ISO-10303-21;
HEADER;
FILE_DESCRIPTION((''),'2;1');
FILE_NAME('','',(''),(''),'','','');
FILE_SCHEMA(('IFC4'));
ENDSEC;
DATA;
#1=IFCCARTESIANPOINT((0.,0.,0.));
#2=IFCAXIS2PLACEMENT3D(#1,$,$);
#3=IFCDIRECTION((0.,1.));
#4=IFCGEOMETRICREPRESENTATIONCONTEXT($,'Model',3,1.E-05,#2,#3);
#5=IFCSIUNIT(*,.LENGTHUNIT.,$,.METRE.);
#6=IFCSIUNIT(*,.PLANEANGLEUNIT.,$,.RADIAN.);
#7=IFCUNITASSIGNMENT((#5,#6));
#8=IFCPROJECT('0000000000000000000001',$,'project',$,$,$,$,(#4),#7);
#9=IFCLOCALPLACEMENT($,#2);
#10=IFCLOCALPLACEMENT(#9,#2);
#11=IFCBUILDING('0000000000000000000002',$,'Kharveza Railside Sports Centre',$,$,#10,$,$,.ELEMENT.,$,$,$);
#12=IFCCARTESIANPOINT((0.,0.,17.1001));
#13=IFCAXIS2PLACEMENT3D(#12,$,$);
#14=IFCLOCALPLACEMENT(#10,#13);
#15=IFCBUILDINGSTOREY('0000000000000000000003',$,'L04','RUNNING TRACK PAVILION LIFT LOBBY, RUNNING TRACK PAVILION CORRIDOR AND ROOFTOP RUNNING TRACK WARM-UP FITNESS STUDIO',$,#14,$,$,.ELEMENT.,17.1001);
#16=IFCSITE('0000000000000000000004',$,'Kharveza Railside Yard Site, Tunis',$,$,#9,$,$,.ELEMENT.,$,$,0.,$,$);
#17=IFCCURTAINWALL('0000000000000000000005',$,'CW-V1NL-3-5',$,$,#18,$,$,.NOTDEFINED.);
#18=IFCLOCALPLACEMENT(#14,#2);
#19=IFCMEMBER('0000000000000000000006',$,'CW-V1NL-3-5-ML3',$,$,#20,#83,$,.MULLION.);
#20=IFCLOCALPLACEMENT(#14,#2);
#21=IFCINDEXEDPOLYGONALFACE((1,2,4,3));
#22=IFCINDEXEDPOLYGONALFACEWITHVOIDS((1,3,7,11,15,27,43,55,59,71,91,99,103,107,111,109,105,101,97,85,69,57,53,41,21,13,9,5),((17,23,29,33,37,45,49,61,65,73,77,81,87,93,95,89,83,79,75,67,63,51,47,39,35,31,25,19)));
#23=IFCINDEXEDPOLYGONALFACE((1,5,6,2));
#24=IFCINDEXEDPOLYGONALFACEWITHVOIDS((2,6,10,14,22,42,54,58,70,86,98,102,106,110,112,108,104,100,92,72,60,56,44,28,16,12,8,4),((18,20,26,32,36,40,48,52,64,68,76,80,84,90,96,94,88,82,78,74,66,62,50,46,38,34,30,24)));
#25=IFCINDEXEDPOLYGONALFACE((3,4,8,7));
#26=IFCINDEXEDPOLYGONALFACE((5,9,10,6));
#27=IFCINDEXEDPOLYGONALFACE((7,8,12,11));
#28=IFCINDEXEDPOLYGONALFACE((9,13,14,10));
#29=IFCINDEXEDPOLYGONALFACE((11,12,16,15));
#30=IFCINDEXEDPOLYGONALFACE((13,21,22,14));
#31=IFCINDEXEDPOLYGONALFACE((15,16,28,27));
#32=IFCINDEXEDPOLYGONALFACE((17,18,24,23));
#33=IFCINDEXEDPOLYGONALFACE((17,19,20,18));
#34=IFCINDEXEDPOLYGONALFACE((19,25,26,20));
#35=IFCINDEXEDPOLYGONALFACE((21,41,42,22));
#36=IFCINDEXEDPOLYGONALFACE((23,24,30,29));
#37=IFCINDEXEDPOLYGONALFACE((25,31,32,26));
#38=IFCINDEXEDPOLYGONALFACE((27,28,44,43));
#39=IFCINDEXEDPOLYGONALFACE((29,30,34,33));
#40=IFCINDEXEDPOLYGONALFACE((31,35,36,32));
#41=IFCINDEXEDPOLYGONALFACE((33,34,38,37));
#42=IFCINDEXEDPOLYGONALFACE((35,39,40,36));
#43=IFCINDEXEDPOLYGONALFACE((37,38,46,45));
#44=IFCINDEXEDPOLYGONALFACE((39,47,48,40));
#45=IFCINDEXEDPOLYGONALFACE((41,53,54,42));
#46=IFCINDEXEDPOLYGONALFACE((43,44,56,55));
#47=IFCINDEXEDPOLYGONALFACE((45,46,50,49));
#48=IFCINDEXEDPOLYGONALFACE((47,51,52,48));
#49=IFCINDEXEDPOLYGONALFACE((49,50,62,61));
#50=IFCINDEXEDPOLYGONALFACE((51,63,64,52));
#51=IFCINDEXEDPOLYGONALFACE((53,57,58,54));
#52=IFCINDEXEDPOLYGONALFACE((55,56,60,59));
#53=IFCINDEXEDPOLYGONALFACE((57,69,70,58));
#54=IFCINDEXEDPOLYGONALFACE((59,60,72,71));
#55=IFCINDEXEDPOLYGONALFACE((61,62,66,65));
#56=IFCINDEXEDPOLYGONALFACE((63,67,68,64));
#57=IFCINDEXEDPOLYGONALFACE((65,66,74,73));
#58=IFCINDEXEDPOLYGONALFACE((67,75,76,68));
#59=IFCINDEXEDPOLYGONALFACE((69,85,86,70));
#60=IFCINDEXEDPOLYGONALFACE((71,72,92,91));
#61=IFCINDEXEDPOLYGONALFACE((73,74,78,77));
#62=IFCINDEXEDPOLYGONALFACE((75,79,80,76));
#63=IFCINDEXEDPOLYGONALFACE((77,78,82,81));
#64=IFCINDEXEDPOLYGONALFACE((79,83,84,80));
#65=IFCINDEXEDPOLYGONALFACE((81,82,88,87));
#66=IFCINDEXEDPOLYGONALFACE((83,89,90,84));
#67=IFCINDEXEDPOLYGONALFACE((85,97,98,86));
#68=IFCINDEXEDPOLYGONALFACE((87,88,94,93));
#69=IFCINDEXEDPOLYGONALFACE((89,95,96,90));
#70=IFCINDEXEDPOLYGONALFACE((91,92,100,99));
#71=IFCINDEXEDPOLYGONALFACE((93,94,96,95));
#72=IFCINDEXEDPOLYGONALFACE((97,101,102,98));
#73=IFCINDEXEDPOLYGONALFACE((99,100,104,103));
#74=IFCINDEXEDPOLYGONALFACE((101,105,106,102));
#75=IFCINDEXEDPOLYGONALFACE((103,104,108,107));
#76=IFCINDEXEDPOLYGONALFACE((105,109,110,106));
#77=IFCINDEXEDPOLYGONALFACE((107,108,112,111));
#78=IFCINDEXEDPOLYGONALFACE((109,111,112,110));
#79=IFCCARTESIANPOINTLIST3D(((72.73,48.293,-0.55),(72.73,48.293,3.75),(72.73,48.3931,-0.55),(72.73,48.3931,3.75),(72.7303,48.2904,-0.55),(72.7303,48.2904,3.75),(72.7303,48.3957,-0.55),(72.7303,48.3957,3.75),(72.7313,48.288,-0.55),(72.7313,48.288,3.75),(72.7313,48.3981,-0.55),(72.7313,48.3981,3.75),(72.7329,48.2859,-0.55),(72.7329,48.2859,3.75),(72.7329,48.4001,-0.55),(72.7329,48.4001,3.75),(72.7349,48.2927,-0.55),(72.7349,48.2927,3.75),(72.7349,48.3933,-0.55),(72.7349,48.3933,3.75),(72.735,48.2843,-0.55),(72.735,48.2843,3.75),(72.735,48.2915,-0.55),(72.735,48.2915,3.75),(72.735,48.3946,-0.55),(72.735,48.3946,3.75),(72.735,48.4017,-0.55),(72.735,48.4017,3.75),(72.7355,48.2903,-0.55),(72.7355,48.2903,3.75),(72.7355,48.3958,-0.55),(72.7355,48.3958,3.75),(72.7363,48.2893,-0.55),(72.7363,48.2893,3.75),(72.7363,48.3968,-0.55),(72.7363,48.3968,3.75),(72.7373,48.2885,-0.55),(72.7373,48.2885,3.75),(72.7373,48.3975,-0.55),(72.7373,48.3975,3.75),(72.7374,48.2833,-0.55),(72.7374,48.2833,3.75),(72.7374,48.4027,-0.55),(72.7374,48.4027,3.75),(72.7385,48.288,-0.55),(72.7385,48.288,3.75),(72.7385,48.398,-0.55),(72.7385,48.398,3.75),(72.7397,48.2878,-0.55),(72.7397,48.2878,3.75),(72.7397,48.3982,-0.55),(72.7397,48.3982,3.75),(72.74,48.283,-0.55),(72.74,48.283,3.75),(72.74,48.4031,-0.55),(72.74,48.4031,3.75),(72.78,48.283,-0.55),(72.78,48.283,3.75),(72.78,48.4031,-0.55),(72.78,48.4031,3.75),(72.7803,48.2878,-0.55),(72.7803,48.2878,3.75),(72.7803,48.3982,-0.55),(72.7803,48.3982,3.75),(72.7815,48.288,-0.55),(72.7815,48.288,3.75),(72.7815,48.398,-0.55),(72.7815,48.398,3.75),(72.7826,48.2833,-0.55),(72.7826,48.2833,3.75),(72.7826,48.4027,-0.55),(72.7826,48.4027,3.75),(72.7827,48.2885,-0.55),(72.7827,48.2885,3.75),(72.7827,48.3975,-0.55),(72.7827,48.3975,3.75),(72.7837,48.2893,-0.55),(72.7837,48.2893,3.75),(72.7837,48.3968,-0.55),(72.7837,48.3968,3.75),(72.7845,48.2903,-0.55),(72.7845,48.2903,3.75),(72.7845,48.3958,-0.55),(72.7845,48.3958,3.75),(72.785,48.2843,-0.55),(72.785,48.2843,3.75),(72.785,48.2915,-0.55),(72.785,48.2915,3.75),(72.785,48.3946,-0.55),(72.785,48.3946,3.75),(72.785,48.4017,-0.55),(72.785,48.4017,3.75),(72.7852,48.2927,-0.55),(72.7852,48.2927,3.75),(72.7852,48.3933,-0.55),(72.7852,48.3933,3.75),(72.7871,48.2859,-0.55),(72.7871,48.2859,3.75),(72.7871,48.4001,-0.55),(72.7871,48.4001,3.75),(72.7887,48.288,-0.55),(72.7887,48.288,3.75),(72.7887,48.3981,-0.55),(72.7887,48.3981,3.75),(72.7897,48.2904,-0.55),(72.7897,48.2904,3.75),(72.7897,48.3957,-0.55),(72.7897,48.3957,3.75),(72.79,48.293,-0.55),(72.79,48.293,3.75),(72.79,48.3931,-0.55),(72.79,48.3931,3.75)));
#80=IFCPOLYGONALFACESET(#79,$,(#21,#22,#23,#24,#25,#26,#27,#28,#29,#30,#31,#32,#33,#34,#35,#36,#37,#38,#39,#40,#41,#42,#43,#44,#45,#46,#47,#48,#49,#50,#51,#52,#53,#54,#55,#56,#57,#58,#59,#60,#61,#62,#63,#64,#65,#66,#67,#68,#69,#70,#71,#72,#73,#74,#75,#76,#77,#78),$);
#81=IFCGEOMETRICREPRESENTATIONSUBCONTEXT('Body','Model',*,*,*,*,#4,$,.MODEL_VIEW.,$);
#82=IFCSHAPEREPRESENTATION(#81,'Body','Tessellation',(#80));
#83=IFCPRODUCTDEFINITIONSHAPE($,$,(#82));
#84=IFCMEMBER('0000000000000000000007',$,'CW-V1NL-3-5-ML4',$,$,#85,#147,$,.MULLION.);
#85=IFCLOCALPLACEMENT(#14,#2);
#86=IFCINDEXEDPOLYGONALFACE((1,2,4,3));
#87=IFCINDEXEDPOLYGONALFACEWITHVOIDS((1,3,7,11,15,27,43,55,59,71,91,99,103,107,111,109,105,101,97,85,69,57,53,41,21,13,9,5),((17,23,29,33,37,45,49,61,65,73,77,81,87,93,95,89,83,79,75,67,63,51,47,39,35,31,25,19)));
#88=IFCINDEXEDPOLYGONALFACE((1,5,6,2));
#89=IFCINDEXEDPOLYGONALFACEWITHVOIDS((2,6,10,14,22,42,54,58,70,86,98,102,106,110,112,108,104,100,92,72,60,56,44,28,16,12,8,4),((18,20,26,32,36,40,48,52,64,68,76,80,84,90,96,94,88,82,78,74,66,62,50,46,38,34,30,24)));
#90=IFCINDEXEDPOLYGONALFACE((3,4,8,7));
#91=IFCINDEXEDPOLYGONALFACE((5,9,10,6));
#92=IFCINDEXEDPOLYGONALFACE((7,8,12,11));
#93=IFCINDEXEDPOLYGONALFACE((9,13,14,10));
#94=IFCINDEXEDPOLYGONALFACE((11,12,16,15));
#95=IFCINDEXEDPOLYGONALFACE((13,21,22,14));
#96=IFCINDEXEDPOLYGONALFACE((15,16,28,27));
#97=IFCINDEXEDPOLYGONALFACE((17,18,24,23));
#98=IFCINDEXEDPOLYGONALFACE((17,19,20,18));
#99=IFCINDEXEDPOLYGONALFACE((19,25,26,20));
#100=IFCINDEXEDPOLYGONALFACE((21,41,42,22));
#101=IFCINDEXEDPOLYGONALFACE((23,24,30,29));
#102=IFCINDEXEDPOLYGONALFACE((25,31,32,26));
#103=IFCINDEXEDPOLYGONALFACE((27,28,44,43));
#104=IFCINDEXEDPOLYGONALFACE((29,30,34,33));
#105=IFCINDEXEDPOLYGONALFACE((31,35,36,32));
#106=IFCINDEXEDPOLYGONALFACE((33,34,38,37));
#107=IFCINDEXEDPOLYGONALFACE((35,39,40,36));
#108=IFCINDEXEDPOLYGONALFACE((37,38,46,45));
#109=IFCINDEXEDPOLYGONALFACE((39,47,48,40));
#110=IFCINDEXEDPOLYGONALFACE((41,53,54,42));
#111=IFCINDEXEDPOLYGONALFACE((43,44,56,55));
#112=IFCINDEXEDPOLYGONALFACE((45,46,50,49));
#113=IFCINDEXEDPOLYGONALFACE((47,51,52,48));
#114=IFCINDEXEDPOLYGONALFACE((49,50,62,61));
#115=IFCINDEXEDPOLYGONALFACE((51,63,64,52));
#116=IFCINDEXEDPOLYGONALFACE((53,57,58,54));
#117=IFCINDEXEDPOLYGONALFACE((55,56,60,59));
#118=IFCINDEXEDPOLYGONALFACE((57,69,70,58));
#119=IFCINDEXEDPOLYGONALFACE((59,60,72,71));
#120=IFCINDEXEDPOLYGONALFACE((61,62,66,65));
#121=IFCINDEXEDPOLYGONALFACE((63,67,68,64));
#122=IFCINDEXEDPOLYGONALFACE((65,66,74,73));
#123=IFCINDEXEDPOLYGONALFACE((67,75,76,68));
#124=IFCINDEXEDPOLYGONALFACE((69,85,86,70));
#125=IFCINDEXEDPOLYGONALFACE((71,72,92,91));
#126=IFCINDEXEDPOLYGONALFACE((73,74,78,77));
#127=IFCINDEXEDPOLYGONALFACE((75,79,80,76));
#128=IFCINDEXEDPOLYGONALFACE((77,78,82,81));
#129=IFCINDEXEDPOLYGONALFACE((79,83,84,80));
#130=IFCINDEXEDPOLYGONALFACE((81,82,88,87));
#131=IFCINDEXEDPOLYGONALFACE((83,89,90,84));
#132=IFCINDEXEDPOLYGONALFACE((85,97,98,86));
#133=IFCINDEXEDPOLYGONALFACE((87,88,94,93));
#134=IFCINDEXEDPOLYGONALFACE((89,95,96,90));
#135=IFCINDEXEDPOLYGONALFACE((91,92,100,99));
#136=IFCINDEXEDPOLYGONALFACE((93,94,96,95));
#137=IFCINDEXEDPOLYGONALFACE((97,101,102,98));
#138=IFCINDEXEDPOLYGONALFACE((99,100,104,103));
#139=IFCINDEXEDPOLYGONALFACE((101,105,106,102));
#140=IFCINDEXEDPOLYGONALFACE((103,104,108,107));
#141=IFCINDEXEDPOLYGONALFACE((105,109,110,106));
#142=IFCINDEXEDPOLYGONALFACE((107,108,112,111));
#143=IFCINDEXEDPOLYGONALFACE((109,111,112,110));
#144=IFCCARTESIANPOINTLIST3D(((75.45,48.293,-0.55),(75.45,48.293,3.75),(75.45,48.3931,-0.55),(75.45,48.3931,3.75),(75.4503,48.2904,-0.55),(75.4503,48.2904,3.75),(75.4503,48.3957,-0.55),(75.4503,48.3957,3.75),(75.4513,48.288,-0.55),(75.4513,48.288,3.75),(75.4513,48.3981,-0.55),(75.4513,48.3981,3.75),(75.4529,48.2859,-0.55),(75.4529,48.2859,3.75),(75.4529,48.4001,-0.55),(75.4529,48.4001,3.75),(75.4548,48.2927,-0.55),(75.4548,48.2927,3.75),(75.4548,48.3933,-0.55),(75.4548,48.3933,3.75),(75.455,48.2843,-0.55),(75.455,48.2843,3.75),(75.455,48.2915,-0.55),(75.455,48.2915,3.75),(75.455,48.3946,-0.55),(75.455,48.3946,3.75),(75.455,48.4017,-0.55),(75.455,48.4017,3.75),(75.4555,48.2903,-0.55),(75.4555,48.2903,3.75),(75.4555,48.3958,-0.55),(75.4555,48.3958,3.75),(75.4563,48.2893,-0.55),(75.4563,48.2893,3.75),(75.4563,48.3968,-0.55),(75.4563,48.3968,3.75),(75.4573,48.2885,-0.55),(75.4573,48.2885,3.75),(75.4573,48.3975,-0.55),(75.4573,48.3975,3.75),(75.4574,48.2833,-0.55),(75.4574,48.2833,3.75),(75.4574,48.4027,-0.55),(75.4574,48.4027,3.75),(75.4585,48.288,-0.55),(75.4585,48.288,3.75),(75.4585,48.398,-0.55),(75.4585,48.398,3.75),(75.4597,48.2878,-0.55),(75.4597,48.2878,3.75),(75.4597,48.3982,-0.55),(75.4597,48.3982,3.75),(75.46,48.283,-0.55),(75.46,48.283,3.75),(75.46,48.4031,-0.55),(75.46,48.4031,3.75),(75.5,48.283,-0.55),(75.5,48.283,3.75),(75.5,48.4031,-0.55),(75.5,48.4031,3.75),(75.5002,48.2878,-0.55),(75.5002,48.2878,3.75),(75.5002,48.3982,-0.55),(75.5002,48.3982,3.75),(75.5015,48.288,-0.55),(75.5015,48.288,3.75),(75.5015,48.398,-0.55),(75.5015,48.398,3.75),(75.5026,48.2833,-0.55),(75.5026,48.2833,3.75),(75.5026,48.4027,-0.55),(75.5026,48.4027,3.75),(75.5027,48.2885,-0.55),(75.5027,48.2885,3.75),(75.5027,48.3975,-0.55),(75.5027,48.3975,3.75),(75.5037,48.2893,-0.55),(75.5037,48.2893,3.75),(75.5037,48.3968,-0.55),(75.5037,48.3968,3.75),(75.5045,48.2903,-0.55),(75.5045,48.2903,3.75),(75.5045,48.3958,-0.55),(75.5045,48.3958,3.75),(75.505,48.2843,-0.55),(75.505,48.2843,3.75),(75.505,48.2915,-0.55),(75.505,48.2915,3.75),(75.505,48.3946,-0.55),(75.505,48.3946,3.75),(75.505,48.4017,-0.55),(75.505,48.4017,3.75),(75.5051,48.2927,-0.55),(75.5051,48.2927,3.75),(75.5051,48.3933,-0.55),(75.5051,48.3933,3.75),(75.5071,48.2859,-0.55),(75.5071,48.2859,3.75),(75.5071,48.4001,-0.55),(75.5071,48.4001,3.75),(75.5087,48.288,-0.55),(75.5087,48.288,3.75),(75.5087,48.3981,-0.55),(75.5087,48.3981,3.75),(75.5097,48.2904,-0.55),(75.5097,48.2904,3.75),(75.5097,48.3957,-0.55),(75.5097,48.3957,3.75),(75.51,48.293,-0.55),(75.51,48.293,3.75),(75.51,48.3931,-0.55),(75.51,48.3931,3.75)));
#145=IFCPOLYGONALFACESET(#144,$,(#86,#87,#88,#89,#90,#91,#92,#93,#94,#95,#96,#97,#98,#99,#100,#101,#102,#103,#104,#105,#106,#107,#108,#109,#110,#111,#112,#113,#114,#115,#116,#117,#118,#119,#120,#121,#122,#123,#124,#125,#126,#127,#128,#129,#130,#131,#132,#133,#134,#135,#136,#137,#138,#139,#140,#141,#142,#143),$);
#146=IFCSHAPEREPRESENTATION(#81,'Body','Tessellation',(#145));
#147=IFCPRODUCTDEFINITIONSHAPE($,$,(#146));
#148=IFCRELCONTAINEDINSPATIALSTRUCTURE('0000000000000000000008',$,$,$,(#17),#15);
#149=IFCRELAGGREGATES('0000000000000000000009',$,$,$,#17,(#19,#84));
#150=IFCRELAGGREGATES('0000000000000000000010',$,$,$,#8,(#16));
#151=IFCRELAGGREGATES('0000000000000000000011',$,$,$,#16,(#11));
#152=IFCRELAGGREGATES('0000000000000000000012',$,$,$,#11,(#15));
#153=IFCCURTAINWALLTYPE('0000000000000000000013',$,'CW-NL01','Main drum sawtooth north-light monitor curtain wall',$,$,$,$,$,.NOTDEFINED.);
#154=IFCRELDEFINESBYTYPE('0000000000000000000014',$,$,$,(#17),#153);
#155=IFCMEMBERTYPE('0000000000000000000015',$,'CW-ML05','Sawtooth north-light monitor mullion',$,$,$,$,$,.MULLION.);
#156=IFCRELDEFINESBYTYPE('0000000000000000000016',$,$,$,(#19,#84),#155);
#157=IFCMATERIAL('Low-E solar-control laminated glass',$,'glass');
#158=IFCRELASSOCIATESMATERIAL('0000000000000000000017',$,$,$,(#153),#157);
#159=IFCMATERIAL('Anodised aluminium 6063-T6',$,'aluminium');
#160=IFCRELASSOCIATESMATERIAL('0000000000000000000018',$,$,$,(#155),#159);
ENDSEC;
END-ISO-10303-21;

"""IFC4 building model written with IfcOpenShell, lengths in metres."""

from ifc_helpers import new_model, si_unit, direction, frame, origin, origin_2d, place, context, subcontext, project, spatial, hollow_rectangle, extrude, material, material_profile, profile_set, type_object, element, aggregate, save


model = new_model("IFC4")

# Units and contexts
model_context = context("Model", 3, precision=1e-05, world=origin(), true_north=direction((0.0, 1.0)))
body_context = subcontext(model_context, "Body", "Model", "MODEL_VIEW")
ifc_project = project(units=[si_unit("LENGTHUNIT", "METRE"), si_unit("PLANEANGLEUNIT", "RADIAN")], contexts=[model_context])

# Site, building, storey
site_placement = place(None, origin())
site = spatial("IfcSite", under=ifc_project, at=site_placement, Name="Kharveza Railside Yard Site, Tunis", CompositionType="ELEMENT", RefElevation=0.0)
building_placement = place(site_placement, origin())
building = spatial("IfcBuilding", under=site, at=building_placement, Name="Kharveza Railside Sports Centre", CompositionType="ELEMENT")
storey_placement = place(building_placement, frame((0.0, 0.0, 17.1001)))
storey = spatial("IfcBuildingStorey", under=building, at=storey_placement, Name="L04", Description="RUNNING TRACK PAVILION LIFT LOBBY, RUNNING TRACK PAVILION CORRIDOR AND ROOFTOP RUNNING TRACK WARM-UP FITNESS STUDIO", CompositionType="ELEMENT", Elevation=17.1001)

# Curtain wall, members
ifc_material_1 = material(Name="Low-E solar-control laminated glass", Category="glass")
curtain_wall_type = type_object("IfcCurtainWallType", Name="CW-NL01", Description="Main drum sawtooth north-light monitor curtain wall", PredefinedType="NOTDEFINED", material=ifc_material_1)
ifc_material_2 = material(Name="Anodised aluminium 6063-T6", Category="aluminium")
ifc_material_profile_1 = material_profile(ifc_material_2, hollow_rectangle(XDim=0.0601, YDim=0.1201, WallThickness=0.0049, InnerFilletRadius=0.0049, OuterFilletRadius=0.01, at=origin_2d()), Name="RHS 60x120x5.0")
ifc_profile_set_1 = profile_set([ifc_material_profile_1], Name="Anodised aluminium 6063-T6")
member_type_1 = type_object("IfcMemberType", Name="CW-ML05", Description="Sawtooth north-light monitor mullion", PredefinedType="MULLION", material=ifc_profile_set_1)
curtain_wall_1_placement = place(storey_placement, origin())
curtain_wall_1 = element("IfcCurtainWall", 1, at=curtain_wall_1_placement, inside=storey, type_object=curtain_wall_type, Name="CW-V1NL-3-5", PredefinedType="NOTDEFINED")
member_1_placement = place(storey_placement, frame((72.76, 48.343, -0.55), z_axis=(0.0, 0.0, 1.0), x_axis=(1.0, 0.0, 0.0)))
member_1 = element("IfcMember", 2, at=member_1_placement, type_object=member_type_1, Name="CW-V1NL-3-5-ML3", PredefinedType="MULLION", context=body_context, shape_type="SweptSolid", body=[
    extrude(hollow_rectangle(XDim=0.0601, YDim=0.1201, WallThickness=0.0049, InnerFilletRadius=0.0049, OuterFilletRadius=0.01, at=origin_2d()), origin(), (0.0, 0.0, 1.0), 4.3),
])
member_2_placement = place(storey_placement, frame((75.48, 48.343, -0.55), z_axis=(0.0, 0.0, 1.0), x_axis=(1.0, 0.0, 0.0)))
member_2 = element("IfcMember", 3, at=member_2_placement, type_object=member_type_1, Name="CW-V1NL-3-5-ML4", PredefinedType="MULLION", context=body_context, shape_type="SweptSolid", body=[
    extrude(hollow_rectangle(XDim=0.0601, YDim=0.1201, WallThickness=0.0049, InnerFilletRadius=0.0049, OuterFilletRadius=0.01, at=origin_2d()), origin(), (0.0, 0.0, 1.0), 4.3),
])

aggregate(curtain_wall_1, [member_1, member_2])

save(model, "model.ifc")
